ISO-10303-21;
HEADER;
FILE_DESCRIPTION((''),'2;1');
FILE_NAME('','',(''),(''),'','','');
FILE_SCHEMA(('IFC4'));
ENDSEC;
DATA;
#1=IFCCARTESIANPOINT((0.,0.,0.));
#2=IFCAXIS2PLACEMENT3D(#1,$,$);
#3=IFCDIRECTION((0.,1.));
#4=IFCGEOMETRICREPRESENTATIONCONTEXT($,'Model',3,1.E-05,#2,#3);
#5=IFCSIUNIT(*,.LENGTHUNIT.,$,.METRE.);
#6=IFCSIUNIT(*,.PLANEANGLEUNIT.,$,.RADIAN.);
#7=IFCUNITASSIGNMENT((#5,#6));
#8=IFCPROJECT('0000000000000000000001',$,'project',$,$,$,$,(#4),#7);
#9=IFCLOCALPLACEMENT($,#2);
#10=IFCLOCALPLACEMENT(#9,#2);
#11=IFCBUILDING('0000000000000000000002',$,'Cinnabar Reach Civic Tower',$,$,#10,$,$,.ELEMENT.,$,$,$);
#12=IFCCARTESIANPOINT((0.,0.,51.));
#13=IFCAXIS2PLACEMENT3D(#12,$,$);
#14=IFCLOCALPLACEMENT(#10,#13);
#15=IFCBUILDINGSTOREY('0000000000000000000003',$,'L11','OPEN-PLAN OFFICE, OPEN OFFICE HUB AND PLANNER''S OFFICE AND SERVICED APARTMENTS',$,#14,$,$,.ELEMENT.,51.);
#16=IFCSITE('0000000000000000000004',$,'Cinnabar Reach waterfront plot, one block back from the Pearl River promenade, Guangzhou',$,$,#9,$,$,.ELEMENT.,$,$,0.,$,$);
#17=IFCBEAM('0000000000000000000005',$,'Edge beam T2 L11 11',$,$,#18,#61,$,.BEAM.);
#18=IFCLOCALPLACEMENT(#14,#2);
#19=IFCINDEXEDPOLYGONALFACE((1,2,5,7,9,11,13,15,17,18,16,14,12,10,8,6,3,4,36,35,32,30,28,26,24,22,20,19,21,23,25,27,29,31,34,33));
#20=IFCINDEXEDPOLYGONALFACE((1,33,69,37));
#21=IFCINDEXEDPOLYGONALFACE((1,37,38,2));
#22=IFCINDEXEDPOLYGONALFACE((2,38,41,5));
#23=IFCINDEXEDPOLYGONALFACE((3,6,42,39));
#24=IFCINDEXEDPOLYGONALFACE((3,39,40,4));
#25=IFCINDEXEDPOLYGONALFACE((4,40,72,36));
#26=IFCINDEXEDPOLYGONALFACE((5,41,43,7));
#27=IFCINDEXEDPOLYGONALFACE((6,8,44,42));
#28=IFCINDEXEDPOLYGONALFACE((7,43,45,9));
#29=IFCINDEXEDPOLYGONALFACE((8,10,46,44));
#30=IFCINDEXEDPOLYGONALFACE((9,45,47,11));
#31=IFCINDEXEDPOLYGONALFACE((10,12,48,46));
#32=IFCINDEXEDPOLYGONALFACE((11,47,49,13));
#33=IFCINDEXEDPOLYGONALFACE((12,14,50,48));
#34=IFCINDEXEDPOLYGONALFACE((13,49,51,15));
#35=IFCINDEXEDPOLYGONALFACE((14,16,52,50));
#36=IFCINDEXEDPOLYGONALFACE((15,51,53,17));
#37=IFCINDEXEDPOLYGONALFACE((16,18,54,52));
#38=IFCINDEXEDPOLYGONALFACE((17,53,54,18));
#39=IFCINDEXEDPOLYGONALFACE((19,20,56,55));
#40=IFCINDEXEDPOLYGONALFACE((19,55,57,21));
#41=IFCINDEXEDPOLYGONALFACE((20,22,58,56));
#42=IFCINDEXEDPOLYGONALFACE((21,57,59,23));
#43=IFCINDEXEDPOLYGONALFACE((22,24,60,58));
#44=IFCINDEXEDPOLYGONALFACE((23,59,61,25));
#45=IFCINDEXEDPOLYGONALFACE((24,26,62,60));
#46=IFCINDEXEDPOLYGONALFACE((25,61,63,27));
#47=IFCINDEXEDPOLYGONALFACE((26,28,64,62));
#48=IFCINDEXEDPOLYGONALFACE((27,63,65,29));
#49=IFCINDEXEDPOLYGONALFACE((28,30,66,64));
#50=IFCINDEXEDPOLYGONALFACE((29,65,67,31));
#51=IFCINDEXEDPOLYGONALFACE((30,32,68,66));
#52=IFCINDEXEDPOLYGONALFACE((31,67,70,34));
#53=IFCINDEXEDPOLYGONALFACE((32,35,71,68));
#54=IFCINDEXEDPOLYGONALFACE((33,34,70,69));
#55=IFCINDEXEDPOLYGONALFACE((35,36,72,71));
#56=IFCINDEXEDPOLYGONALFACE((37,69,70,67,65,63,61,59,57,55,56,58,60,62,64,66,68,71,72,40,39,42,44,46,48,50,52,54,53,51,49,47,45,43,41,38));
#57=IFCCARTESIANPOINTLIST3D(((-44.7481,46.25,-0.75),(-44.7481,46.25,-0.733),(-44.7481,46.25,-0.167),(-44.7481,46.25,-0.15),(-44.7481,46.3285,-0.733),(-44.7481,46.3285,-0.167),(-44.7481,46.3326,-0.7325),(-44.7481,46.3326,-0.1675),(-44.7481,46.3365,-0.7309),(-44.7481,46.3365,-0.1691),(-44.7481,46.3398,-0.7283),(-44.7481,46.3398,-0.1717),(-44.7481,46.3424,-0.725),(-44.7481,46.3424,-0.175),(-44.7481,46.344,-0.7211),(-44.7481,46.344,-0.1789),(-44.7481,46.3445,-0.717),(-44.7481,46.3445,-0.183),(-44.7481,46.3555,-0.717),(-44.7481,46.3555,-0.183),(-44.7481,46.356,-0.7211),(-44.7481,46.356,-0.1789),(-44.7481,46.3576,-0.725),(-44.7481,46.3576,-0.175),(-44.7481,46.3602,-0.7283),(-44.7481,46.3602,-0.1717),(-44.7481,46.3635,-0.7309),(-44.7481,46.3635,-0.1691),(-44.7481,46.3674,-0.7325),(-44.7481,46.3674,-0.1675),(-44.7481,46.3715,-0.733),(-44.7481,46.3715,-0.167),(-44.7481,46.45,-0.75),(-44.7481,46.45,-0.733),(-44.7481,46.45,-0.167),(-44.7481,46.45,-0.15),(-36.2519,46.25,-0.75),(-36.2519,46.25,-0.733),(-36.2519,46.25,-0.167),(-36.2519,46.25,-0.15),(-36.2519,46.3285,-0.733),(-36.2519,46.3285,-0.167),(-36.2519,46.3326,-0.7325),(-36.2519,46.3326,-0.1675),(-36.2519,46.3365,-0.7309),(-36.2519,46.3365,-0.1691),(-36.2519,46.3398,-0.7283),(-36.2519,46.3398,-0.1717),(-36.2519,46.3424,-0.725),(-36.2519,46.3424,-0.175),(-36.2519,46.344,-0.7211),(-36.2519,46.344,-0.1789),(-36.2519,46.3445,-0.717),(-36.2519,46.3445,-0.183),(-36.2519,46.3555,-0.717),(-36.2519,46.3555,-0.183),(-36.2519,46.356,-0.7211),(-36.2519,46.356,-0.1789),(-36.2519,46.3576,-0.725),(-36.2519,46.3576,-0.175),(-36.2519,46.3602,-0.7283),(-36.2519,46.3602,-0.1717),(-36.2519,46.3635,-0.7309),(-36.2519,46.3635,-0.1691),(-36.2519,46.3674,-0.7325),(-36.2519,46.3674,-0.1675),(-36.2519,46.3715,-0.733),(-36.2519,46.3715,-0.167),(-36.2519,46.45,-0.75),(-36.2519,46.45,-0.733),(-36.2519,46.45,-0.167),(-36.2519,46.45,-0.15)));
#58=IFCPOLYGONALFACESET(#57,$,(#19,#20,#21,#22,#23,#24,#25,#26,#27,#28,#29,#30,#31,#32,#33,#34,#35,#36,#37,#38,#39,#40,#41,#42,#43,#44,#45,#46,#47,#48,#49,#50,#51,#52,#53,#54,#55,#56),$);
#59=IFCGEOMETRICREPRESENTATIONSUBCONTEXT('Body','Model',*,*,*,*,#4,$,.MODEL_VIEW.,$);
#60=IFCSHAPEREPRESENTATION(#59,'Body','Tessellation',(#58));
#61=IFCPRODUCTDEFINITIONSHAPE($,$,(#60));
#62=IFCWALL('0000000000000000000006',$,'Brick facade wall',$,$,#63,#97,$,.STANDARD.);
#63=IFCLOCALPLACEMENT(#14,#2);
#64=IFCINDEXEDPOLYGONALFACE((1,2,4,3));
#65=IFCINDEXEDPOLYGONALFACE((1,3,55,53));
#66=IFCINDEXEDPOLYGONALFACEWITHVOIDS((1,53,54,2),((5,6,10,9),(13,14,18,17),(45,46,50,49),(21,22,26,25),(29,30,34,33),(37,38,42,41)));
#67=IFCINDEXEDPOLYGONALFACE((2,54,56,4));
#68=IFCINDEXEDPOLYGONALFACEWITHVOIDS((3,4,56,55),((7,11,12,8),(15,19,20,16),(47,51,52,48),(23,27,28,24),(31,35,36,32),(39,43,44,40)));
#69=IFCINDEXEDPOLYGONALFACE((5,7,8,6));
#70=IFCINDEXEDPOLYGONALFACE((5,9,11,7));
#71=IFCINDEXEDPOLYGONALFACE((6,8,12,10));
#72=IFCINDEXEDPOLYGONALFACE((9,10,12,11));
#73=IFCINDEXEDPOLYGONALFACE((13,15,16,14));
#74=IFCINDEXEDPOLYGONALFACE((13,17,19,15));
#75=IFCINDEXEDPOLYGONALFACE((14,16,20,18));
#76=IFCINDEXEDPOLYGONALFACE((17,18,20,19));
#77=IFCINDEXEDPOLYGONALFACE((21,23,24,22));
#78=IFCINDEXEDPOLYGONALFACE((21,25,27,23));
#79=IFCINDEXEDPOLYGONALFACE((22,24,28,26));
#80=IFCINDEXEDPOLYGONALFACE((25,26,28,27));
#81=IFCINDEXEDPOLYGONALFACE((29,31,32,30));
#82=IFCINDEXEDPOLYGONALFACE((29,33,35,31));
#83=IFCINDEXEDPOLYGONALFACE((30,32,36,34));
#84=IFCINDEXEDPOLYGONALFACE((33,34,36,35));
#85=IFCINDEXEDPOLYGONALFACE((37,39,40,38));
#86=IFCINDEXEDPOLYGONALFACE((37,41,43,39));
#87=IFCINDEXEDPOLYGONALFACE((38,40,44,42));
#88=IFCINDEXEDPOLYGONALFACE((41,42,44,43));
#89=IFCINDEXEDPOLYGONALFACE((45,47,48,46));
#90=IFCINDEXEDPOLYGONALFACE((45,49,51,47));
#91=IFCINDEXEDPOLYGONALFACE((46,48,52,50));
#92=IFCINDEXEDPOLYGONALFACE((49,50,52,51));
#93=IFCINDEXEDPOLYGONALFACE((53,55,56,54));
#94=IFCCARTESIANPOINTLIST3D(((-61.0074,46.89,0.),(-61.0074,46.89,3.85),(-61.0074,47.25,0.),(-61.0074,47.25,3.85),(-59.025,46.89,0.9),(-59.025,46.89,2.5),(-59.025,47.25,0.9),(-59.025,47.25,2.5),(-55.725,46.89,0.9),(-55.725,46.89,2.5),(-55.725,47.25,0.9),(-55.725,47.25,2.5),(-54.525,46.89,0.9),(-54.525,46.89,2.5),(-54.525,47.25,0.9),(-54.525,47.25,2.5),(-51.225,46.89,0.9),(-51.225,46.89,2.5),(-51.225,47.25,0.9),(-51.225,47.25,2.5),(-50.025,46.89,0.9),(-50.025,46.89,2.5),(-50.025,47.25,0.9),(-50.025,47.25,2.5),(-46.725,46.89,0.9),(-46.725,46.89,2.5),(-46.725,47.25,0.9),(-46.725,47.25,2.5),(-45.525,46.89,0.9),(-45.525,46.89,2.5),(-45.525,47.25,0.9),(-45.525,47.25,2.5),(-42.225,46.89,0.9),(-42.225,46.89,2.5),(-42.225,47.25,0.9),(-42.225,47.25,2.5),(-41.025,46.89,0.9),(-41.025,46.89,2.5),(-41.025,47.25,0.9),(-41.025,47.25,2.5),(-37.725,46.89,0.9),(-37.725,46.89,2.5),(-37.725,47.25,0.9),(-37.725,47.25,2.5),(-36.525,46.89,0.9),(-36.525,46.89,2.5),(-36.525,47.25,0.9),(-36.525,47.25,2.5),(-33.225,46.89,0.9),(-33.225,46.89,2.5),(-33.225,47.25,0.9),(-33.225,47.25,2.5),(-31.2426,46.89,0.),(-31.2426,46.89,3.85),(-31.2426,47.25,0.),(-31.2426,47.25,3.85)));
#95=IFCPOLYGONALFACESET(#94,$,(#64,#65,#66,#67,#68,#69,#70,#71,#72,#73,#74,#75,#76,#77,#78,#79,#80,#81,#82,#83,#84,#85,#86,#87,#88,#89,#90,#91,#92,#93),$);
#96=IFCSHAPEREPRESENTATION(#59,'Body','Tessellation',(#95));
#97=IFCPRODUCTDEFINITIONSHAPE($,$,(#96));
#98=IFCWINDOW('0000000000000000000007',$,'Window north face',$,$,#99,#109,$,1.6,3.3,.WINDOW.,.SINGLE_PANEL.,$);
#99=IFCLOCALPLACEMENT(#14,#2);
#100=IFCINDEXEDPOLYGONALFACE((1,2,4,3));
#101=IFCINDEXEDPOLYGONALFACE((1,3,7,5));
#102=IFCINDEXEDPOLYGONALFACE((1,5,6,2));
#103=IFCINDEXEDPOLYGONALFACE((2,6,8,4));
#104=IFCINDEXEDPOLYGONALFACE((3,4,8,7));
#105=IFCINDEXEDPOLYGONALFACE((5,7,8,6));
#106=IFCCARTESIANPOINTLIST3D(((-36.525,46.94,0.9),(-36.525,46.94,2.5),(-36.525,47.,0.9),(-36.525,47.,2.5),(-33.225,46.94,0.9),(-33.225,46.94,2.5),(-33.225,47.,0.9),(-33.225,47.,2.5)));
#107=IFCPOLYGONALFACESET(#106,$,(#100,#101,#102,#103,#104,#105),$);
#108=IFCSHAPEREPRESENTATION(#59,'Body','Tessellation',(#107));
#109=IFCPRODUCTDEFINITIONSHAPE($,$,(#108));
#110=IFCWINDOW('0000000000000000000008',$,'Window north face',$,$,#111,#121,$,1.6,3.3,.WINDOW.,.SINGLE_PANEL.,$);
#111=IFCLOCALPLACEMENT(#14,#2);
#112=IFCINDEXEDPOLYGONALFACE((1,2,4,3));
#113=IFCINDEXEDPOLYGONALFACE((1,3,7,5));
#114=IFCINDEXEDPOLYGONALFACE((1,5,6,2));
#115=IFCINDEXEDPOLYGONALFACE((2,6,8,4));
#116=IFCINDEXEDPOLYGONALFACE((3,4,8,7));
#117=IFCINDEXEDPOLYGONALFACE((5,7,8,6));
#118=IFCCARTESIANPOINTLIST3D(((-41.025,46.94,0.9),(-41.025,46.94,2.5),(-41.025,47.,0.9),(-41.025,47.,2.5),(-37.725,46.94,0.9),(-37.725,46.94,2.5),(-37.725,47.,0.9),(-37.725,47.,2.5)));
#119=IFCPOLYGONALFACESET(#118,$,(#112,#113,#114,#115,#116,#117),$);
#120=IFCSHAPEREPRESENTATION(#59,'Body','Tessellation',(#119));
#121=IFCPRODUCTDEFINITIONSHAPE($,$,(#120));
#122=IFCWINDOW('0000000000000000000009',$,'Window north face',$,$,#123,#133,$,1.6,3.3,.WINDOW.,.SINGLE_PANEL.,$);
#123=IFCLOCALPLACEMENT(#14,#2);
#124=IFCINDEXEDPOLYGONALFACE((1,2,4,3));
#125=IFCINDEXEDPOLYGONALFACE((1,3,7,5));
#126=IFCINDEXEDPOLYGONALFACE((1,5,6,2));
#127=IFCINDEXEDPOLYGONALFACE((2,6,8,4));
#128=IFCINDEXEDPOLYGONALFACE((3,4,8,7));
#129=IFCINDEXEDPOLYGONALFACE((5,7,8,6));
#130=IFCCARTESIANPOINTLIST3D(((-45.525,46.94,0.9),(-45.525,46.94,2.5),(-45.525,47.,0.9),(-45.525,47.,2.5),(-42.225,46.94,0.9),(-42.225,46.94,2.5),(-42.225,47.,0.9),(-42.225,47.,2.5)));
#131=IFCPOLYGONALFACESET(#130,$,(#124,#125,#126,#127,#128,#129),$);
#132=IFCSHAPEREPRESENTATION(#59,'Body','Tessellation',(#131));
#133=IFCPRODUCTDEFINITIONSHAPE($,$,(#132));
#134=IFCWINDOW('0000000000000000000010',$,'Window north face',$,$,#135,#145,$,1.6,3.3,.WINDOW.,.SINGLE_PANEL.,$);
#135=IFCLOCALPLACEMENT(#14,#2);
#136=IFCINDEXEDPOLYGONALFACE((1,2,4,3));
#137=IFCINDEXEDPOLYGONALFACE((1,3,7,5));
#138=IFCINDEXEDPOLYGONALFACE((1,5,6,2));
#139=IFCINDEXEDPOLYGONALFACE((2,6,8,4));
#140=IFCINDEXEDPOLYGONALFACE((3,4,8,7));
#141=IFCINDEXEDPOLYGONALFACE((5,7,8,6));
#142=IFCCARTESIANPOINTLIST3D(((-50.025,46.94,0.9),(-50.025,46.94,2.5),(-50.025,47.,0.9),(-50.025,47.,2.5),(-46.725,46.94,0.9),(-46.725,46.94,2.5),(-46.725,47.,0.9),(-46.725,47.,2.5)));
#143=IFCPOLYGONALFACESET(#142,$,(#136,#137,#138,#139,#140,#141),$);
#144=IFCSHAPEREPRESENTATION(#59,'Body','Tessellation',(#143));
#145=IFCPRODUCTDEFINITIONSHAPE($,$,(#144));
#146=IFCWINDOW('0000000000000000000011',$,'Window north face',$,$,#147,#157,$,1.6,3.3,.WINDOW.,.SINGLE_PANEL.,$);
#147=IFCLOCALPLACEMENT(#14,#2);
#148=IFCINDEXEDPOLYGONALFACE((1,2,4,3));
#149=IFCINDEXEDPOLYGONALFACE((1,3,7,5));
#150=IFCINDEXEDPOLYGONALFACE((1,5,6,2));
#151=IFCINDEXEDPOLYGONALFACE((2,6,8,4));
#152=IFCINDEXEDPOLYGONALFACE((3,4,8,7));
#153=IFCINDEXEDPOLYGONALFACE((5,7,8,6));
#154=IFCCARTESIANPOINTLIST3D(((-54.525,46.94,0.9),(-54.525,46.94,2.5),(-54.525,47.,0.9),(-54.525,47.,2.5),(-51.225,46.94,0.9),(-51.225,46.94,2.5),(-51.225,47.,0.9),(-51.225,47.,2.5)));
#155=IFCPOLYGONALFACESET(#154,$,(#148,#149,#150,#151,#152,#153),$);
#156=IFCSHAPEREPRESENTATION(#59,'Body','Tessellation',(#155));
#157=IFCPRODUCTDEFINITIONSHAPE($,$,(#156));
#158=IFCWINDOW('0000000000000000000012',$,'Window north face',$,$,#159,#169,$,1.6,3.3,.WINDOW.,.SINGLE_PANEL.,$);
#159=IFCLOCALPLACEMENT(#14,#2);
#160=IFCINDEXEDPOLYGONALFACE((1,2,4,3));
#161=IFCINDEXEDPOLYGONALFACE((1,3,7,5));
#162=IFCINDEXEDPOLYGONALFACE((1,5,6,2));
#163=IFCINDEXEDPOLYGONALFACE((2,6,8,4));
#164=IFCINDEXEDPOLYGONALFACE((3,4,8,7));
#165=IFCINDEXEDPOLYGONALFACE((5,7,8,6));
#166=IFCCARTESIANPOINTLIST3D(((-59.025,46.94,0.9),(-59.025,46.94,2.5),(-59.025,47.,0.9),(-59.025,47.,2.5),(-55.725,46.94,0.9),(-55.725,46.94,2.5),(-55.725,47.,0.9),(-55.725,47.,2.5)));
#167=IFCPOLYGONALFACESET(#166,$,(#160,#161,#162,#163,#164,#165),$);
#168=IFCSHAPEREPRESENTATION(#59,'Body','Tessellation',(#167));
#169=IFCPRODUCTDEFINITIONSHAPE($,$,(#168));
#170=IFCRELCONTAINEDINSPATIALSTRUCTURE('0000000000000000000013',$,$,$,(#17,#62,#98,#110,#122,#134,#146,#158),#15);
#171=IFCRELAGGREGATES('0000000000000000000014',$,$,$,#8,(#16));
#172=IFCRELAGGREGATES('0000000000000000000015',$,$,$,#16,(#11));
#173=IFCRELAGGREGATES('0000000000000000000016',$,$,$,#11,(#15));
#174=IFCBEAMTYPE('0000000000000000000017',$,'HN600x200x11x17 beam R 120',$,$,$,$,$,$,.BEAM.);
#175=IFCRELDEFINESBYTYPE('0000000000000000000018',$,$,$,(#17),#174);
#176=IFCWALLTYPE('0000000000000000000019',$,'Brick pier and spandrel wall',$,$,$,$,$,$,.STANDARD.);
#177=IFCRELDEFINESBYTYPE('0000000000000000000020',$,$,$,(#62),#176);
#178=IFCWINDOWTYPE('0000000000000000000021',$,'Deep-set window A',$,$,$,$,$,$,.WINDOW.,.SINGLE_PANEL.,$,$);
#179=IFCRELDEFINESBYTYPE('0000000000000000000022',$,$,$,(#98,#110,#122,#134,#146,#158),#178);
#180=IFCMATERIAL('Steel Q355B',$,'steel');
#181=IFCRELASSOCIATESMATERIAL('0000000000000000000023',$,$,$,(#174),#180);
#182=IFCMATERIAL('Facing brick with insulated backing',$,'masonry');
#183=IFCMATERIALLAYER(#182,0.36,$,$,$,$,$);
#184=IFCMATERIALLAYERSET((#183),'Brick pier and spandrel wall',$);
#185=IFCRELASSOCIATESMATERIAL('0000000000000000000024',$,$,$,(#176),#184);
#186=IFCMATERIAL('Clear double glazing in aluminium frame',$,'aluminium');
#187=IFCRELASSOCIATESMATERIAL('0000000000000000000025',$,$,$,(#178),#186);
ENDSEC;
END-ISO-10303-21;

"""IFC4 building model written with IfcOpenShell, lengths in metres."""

from ifc_helpers import new_model, si_unit, direction, frame, frame_2d, origin, origin_2d, place, context, subcontext, project, spatial, rectangle, i_section, extrude, material, layer, layer_set, material_profile, profile_set, type_object, element, fill, save


model = new_model("IFC4")

# Units and contexts
model_context = context("Model", 3, precision=1e-05, world=origin(), true_north=direction((0.0, 1.0)))
body_context = subcontext(model_context, "Body", "Model", "MODEL_VIEW")
ifc_project = project(units=[si_unit("LENGTHUNIT", "METRE"), si_unit("PLANEANGLEUNIT", "RADIAN")], contexts=[model_context])

# Site, building, storey
site_placement = place(None, origin())
site = spatial("IfcSite", under=ifc_project, at=site_placement, Name="Cinnabar Reach waterfront plot, one block back from the Pearl River promenade, Guangzhou", CompositionType="ELEMENT", RefElevation=0.0)
building_placement = place(site_placement, origin())
building = spatial("IfcBuilding", under=site, at=building_placement, Name="Cinnabar Reach Civic Tower", CompositionType="ELEMENT")
storey_placement = place(building_placement, frame((0.0, 0.0, 51.0)))
storey = spatial("IfcBuildingStorey", under=building, at=storey_placement, Name="L11", Description="OPEN-PLAN OFFICE, OPEN OFFICE HUB AND PLANNER'S OFFICE AND SERVICED APARTMENTS", CompositionType="ELEMENT", Elevation=51.0)

# Beam
ifc_material_1 = material(Name="Steel Q355B", Category="steel")
ifc_material_profile_1 = material_profile(ifc_material_1, i_section(OverallWidth=0.2, OverallDepth=0.6, WebThickness=0.011, FlangeThickness=0.017, FilletRadius=0.016, at=origin_2d()), Name="HN600x200x11x17")
ifc_profile_set_1 = profile_set([ifc_material_profile_1], Name="Steel Q355B")
beam_type_1 = type_object("IfcBeamType", Name="HN600x200x11x17 beam R 120", PredefinedType="BEAM", material=ifc_profile_set_1)
beam_1_placement = place(storey_placement, frame((-36.2519, 46.35, -0.45), z_axis=(-1.0, 0.0, 0.0), x_axis=(0.0, -1.0, 0.0)))
element("IfcBeam", 1, at=beam_1_placement, inside=storey, type_object=beam_type_1, Name="Edge beam T2 L11 11", PredefinedType="BEAM", context=body_context, shape_type="SweptSolid", body=[
    extrude(i_section(OverallWidth=0.2, OverallDepth=0.6, WebThickness=0.011, FlangeThickness=0.017, FilletRadius=0.016, at=origin_2d()), origin(), (0.0, 0.0, 1.0), 8.4962),
])

# Wall, openings, windows
ifc_material_2 = material(Name="Facing brick with insulated backing", Category="masonry")
ifc_layer_1 = layer(ifc_material_2, 0.36)
ifc_layer_set_1 = layer_set([ifc_layer_1], Name="Brick pier and spandrel wall")
wall_type_1 = type_object("IfcWallType", Name="Brick pier and spandrel wall", PredefinedType="STANDARD", material=ifc_layer_set_1)
wall_1_placement = place(storey_placement, frame((-31.2426, 47.07, 0.0), z_axis=(0.0, 0.0, 1.0), x_axis=(-1.0, 0.0, 0.0)))
wall_1 = element("IfcWall", 2, at=wall_1_placement, inside=storey, type_object=wall_type_1, Name="Brick facade wall", PredefinedType="STANDARD", context=body_context, shape_type="SweptSolid", body=[
    extrude(rectangle(XDim=29.7648, YDim=0.36, at=frame_2d((14.8824, 0.0))), origin(), (0.0, 0.0, 1.0), 3.85),
])
opening_1_placement = place(wall_1_placement, frame((1.9824, 0.0, 0.9)))
opening_1 = element("IfcOpeningElement", 3, at=opening_1_placement, cuts=wall_1, PredefinedType="OPENING", context=body_context, shape_type="SweptSolid", body=[
    extrude(rectangle(XDim=3.3, YDim=1.6, at=frame_2d((1.65, 0.8))), frame((0.0, 0.19, 0.0), z_axis=(0.0, -1.0, 0.0), x_axis=(1.0, 0.0, 0.0)), (0.0, 0.0, 1.0), 0.38),
])
opening_2_placement = place(wall_1_placement, frame((6.4824, 0.0, 0.9)))
opening_2 = element("IfcOpeningElement", 4, at=opening_2_placement, cuts=wall_1, PredefinedType="OPENING", context=body_context, shape_type="SweptSolid", body=[
    extrude(rectangle(XDim=3.3, YDim=1.6, at=frame_2d((1.65, 0.8))), frame((0.0, 0.19, 0.0), z_axis=(0.0, -1.0, 0.0), x_axis=(1.0, 0.0, 0.0)), (0.0, 0.0, 1.0), 0.38),
])
opening_3_placement = place(wall_1_placement, frame((10.9824, 0.0, 0.9)))
opening_3 = element("IfcOpeningElement", 5, at=opening_3_placement, cuts=wall_1, PredefinedType="OPENING", context=body_context, shape_type="SweptSolid", body=[
    extrude(rectangle(XDim=3.3, YDim=1.6, at=frame_2d((1.65, 0.8))), frame((0.0, 0.19, 0.0), z_axis=(0.0, -1.0, 0.0), x_axis=(1.0, 0.0, 0.0)), (0.0, 0.0, 1.0), 0.38),
])
opening_4_placement = place(wall_1_placement, frame((15.4824, 0.0, 0.9)))
opening_4 = element("IfcOpeningElement", 6, at=opening_4_placement, cuts=wall_1, PredefinedType="OPENING", context=body_context, shape_type="SweptSolid", body=[
    extrude(rectangle(XDim=3.3, YDim=1.6, at=frame_2d((1.65, 0.8))), frame((0.0, 0.19, 0.0), z_axis=(0.0, -1.0, 0.0), x_axis=(1.0, 0.0, 0.0)), (0.0, 0.0, 1.0), 0.38),
])
opening_5_placement = place(wall_1_placement, frame((19.9824, 0.0, 0.9)))
opening_5 = element("IfcOpeningElement", 7, at=opening_5_placement, cuts=wall_1, PredefinedType="OPENING", context=body_context, shape_type="SweptSolid", body=[
    extrude(rectangle(XDim=3.3, YDim=1.6, at=frame_2d((1.65, 0.8))), frame((0.0, 0.19, 0.0), z_axis=(0.0, -1.0, 0.0), x_axis=(1.0, 0.0, 0.0)), (0.0, 0.0, 1.0), 0.38),
])
opening_6_placement = place(wall_1_placement, frame((24.4824, 0.0, 0.9)))
opening_6 = element("IfcOpeningElement", 8, at=opening_6_placement, cuts=wall_1, PredefinedType="OPENING", context=body_context, shape_type="SweptSolid", body=[
    extrude(rectangle(XDim=3.3, YDim=1.6, at=frame_2d((1.65, 0.8))), frame((0.0, 0.19, 0.0), z_axis=(0.0, -1.0, 0.0), x_axis=(1.0, 0.0, 0.0)), (0.0, 0.0, 1.0), 0.38),
])
ifc_material_3 = material(Name="Clear double glazing in aluminium frame", Category="aluminium")
window_type = type_object("IfcWindowType", Name="Deep-set window A", PartitioningType="SINGLE_PANEL", PredefinedType="WINDOW", material=ifc_material_3)
window_1_placement = place(opening_1_placement, origin())
window_1 = element("IfcWindow", 9, at=window_1_placement, inside=storey, type_object=window_type, Name="Window north face", OverallHeight=1.6, OverallWidth=3.3, PartitioningType="SINGLE_PANEL", PredefinedType="WINDOW", context=body_context, shape_type="SweptSolid", body=[
    extrude(rectangle(XDim=3.3, YDim=1.6, at=frame_2d((1.65, 0.8))), frame((0.0, 0.13, 0.0), z_axis=(0.0, -1.0, 0.0), x_axis=(1.0, 0.0, 0.0)), (0.0, 0.0, 1.0), 0.06),
])
fill(opening_1, window_1)
window_2_placement = place(opening_2_placement, origin())
window_2 = element("IfcWindow", 10, at=window_2_placement, inside=storey, type_object=window_type, Name="Window north face", OverallHeight=1.6, OverallWidth=3.3, PartitioningType="SINGLE_PANEL", PredefinedType="WINDOW", context=body_context, shape_type="SweptSolid", body=[
    extrude(rectangle(XDim=3.3, YDim=1.6, at=frame_2d((1.65, 0.8))), frame((0.0, 0.13, 0.0), z_axis=(0.0, -1.0, 0.0), x_axis=(1.0, 0.0, 0.0)), (0.0, 0.0, 1.0), 0.06),
])
fill(opening_2, window_2)
window_3_placement = place(opening_3_placement, origin())
window_3 = element("IfcWindow", 11, at=window_3_placement, inside=storey, type_object=window_type, Name="Window north face", OverallHeight=1.6, OverallWidth=3.3, PartitioningType="SINGLE_PANEL", PredefinedType="WINDOW", context=body_context, shape_type="SweptSolid", body=[
    extrude(rectangle(XDim=3.3, YDim=1.6, at=frame_2d((1.65, 0.8))), frame((0.0, 0.13, 0.0), z_axis=(0.0, -1.0, 0.0), x_axis=(1.0, 0.0, 0.0)), (0.0, 0.0, 1.0), 0.06),
])
fill(opening_3, window_3)
window_4_placement = place(opening_4_placement, origin())
window_4 = element("IfcWindow", 12, at=window_4_placement, inside=storey, type_object=window_type, Name="Window north face", OverallHeight=1.6, OverallWidth=3.3, PartitioningType="SINGLE_PANEL", PredefinedType="WINDOW", context=body_context, shape_type="SweptSolid", body=[
    extrude(rectangle(XDim=3.3, YDim=1.6, at=frame_2d((1.65, 0.8))), frame((0.0, 0.13, 0.0), z_axis=(0.0, -1.0, 0.0), x_axis=(1.0, 0.0, 0.0)), (0.0, 0.0, 1.0), 0.06),
])
fill(opening_4, window_4)
window_5_placement = place(opening_5_placement, origin())
window_5 = element("IfcWindow", 13, at=window_5_placement, inside=storey, type_object=window_type, Name="Window north face", OverallHeight=1.6, OverallWidth=3.3, PartitioningType="SINGLE_PANEL", PredefinedType="WINDOW", context=body_context, shape_type="SweptSolid", body=[
    extrude(rectangle(XDim=3.3, YDim=1.6, at=frame_2d((1.65, 0.8))), frame((0.0, 0.13, 0.0), z_axis=(0.0, -1.0, 0.0), x_axis=(1.0, 0.0, 0.0)), (0.0, 0.0, 1.0), 0.06),
])
fill(opening_5, window_5)
window_6_placement = place(opening_6_placement, origin())
window_6 = element("IfcWindow", 14, at=window_6_placement, inside=storey, type_object=window_type, Name="Window north face", OverallHeight=1.6, OverallWidth=3.3, PartitioningType="SINGLE_PANEL", PredefinedType="WINDOW", context=body_context, shape_type="SweptSolid", body=[
    extrude(rectangle(XDim=3.3, YDim=1.6, at=frame_2d((1.65, 0.8))), frame((0.0, 0.13, 0.0), z_axis=(0.0, -1.0, 0.0), x_axis=(1.0, 0.0, 0.0)), (0.0, 0.0, 1.0), 0.06),
])
fill(opening_6, window_6)

save(model, "model.ifc")
